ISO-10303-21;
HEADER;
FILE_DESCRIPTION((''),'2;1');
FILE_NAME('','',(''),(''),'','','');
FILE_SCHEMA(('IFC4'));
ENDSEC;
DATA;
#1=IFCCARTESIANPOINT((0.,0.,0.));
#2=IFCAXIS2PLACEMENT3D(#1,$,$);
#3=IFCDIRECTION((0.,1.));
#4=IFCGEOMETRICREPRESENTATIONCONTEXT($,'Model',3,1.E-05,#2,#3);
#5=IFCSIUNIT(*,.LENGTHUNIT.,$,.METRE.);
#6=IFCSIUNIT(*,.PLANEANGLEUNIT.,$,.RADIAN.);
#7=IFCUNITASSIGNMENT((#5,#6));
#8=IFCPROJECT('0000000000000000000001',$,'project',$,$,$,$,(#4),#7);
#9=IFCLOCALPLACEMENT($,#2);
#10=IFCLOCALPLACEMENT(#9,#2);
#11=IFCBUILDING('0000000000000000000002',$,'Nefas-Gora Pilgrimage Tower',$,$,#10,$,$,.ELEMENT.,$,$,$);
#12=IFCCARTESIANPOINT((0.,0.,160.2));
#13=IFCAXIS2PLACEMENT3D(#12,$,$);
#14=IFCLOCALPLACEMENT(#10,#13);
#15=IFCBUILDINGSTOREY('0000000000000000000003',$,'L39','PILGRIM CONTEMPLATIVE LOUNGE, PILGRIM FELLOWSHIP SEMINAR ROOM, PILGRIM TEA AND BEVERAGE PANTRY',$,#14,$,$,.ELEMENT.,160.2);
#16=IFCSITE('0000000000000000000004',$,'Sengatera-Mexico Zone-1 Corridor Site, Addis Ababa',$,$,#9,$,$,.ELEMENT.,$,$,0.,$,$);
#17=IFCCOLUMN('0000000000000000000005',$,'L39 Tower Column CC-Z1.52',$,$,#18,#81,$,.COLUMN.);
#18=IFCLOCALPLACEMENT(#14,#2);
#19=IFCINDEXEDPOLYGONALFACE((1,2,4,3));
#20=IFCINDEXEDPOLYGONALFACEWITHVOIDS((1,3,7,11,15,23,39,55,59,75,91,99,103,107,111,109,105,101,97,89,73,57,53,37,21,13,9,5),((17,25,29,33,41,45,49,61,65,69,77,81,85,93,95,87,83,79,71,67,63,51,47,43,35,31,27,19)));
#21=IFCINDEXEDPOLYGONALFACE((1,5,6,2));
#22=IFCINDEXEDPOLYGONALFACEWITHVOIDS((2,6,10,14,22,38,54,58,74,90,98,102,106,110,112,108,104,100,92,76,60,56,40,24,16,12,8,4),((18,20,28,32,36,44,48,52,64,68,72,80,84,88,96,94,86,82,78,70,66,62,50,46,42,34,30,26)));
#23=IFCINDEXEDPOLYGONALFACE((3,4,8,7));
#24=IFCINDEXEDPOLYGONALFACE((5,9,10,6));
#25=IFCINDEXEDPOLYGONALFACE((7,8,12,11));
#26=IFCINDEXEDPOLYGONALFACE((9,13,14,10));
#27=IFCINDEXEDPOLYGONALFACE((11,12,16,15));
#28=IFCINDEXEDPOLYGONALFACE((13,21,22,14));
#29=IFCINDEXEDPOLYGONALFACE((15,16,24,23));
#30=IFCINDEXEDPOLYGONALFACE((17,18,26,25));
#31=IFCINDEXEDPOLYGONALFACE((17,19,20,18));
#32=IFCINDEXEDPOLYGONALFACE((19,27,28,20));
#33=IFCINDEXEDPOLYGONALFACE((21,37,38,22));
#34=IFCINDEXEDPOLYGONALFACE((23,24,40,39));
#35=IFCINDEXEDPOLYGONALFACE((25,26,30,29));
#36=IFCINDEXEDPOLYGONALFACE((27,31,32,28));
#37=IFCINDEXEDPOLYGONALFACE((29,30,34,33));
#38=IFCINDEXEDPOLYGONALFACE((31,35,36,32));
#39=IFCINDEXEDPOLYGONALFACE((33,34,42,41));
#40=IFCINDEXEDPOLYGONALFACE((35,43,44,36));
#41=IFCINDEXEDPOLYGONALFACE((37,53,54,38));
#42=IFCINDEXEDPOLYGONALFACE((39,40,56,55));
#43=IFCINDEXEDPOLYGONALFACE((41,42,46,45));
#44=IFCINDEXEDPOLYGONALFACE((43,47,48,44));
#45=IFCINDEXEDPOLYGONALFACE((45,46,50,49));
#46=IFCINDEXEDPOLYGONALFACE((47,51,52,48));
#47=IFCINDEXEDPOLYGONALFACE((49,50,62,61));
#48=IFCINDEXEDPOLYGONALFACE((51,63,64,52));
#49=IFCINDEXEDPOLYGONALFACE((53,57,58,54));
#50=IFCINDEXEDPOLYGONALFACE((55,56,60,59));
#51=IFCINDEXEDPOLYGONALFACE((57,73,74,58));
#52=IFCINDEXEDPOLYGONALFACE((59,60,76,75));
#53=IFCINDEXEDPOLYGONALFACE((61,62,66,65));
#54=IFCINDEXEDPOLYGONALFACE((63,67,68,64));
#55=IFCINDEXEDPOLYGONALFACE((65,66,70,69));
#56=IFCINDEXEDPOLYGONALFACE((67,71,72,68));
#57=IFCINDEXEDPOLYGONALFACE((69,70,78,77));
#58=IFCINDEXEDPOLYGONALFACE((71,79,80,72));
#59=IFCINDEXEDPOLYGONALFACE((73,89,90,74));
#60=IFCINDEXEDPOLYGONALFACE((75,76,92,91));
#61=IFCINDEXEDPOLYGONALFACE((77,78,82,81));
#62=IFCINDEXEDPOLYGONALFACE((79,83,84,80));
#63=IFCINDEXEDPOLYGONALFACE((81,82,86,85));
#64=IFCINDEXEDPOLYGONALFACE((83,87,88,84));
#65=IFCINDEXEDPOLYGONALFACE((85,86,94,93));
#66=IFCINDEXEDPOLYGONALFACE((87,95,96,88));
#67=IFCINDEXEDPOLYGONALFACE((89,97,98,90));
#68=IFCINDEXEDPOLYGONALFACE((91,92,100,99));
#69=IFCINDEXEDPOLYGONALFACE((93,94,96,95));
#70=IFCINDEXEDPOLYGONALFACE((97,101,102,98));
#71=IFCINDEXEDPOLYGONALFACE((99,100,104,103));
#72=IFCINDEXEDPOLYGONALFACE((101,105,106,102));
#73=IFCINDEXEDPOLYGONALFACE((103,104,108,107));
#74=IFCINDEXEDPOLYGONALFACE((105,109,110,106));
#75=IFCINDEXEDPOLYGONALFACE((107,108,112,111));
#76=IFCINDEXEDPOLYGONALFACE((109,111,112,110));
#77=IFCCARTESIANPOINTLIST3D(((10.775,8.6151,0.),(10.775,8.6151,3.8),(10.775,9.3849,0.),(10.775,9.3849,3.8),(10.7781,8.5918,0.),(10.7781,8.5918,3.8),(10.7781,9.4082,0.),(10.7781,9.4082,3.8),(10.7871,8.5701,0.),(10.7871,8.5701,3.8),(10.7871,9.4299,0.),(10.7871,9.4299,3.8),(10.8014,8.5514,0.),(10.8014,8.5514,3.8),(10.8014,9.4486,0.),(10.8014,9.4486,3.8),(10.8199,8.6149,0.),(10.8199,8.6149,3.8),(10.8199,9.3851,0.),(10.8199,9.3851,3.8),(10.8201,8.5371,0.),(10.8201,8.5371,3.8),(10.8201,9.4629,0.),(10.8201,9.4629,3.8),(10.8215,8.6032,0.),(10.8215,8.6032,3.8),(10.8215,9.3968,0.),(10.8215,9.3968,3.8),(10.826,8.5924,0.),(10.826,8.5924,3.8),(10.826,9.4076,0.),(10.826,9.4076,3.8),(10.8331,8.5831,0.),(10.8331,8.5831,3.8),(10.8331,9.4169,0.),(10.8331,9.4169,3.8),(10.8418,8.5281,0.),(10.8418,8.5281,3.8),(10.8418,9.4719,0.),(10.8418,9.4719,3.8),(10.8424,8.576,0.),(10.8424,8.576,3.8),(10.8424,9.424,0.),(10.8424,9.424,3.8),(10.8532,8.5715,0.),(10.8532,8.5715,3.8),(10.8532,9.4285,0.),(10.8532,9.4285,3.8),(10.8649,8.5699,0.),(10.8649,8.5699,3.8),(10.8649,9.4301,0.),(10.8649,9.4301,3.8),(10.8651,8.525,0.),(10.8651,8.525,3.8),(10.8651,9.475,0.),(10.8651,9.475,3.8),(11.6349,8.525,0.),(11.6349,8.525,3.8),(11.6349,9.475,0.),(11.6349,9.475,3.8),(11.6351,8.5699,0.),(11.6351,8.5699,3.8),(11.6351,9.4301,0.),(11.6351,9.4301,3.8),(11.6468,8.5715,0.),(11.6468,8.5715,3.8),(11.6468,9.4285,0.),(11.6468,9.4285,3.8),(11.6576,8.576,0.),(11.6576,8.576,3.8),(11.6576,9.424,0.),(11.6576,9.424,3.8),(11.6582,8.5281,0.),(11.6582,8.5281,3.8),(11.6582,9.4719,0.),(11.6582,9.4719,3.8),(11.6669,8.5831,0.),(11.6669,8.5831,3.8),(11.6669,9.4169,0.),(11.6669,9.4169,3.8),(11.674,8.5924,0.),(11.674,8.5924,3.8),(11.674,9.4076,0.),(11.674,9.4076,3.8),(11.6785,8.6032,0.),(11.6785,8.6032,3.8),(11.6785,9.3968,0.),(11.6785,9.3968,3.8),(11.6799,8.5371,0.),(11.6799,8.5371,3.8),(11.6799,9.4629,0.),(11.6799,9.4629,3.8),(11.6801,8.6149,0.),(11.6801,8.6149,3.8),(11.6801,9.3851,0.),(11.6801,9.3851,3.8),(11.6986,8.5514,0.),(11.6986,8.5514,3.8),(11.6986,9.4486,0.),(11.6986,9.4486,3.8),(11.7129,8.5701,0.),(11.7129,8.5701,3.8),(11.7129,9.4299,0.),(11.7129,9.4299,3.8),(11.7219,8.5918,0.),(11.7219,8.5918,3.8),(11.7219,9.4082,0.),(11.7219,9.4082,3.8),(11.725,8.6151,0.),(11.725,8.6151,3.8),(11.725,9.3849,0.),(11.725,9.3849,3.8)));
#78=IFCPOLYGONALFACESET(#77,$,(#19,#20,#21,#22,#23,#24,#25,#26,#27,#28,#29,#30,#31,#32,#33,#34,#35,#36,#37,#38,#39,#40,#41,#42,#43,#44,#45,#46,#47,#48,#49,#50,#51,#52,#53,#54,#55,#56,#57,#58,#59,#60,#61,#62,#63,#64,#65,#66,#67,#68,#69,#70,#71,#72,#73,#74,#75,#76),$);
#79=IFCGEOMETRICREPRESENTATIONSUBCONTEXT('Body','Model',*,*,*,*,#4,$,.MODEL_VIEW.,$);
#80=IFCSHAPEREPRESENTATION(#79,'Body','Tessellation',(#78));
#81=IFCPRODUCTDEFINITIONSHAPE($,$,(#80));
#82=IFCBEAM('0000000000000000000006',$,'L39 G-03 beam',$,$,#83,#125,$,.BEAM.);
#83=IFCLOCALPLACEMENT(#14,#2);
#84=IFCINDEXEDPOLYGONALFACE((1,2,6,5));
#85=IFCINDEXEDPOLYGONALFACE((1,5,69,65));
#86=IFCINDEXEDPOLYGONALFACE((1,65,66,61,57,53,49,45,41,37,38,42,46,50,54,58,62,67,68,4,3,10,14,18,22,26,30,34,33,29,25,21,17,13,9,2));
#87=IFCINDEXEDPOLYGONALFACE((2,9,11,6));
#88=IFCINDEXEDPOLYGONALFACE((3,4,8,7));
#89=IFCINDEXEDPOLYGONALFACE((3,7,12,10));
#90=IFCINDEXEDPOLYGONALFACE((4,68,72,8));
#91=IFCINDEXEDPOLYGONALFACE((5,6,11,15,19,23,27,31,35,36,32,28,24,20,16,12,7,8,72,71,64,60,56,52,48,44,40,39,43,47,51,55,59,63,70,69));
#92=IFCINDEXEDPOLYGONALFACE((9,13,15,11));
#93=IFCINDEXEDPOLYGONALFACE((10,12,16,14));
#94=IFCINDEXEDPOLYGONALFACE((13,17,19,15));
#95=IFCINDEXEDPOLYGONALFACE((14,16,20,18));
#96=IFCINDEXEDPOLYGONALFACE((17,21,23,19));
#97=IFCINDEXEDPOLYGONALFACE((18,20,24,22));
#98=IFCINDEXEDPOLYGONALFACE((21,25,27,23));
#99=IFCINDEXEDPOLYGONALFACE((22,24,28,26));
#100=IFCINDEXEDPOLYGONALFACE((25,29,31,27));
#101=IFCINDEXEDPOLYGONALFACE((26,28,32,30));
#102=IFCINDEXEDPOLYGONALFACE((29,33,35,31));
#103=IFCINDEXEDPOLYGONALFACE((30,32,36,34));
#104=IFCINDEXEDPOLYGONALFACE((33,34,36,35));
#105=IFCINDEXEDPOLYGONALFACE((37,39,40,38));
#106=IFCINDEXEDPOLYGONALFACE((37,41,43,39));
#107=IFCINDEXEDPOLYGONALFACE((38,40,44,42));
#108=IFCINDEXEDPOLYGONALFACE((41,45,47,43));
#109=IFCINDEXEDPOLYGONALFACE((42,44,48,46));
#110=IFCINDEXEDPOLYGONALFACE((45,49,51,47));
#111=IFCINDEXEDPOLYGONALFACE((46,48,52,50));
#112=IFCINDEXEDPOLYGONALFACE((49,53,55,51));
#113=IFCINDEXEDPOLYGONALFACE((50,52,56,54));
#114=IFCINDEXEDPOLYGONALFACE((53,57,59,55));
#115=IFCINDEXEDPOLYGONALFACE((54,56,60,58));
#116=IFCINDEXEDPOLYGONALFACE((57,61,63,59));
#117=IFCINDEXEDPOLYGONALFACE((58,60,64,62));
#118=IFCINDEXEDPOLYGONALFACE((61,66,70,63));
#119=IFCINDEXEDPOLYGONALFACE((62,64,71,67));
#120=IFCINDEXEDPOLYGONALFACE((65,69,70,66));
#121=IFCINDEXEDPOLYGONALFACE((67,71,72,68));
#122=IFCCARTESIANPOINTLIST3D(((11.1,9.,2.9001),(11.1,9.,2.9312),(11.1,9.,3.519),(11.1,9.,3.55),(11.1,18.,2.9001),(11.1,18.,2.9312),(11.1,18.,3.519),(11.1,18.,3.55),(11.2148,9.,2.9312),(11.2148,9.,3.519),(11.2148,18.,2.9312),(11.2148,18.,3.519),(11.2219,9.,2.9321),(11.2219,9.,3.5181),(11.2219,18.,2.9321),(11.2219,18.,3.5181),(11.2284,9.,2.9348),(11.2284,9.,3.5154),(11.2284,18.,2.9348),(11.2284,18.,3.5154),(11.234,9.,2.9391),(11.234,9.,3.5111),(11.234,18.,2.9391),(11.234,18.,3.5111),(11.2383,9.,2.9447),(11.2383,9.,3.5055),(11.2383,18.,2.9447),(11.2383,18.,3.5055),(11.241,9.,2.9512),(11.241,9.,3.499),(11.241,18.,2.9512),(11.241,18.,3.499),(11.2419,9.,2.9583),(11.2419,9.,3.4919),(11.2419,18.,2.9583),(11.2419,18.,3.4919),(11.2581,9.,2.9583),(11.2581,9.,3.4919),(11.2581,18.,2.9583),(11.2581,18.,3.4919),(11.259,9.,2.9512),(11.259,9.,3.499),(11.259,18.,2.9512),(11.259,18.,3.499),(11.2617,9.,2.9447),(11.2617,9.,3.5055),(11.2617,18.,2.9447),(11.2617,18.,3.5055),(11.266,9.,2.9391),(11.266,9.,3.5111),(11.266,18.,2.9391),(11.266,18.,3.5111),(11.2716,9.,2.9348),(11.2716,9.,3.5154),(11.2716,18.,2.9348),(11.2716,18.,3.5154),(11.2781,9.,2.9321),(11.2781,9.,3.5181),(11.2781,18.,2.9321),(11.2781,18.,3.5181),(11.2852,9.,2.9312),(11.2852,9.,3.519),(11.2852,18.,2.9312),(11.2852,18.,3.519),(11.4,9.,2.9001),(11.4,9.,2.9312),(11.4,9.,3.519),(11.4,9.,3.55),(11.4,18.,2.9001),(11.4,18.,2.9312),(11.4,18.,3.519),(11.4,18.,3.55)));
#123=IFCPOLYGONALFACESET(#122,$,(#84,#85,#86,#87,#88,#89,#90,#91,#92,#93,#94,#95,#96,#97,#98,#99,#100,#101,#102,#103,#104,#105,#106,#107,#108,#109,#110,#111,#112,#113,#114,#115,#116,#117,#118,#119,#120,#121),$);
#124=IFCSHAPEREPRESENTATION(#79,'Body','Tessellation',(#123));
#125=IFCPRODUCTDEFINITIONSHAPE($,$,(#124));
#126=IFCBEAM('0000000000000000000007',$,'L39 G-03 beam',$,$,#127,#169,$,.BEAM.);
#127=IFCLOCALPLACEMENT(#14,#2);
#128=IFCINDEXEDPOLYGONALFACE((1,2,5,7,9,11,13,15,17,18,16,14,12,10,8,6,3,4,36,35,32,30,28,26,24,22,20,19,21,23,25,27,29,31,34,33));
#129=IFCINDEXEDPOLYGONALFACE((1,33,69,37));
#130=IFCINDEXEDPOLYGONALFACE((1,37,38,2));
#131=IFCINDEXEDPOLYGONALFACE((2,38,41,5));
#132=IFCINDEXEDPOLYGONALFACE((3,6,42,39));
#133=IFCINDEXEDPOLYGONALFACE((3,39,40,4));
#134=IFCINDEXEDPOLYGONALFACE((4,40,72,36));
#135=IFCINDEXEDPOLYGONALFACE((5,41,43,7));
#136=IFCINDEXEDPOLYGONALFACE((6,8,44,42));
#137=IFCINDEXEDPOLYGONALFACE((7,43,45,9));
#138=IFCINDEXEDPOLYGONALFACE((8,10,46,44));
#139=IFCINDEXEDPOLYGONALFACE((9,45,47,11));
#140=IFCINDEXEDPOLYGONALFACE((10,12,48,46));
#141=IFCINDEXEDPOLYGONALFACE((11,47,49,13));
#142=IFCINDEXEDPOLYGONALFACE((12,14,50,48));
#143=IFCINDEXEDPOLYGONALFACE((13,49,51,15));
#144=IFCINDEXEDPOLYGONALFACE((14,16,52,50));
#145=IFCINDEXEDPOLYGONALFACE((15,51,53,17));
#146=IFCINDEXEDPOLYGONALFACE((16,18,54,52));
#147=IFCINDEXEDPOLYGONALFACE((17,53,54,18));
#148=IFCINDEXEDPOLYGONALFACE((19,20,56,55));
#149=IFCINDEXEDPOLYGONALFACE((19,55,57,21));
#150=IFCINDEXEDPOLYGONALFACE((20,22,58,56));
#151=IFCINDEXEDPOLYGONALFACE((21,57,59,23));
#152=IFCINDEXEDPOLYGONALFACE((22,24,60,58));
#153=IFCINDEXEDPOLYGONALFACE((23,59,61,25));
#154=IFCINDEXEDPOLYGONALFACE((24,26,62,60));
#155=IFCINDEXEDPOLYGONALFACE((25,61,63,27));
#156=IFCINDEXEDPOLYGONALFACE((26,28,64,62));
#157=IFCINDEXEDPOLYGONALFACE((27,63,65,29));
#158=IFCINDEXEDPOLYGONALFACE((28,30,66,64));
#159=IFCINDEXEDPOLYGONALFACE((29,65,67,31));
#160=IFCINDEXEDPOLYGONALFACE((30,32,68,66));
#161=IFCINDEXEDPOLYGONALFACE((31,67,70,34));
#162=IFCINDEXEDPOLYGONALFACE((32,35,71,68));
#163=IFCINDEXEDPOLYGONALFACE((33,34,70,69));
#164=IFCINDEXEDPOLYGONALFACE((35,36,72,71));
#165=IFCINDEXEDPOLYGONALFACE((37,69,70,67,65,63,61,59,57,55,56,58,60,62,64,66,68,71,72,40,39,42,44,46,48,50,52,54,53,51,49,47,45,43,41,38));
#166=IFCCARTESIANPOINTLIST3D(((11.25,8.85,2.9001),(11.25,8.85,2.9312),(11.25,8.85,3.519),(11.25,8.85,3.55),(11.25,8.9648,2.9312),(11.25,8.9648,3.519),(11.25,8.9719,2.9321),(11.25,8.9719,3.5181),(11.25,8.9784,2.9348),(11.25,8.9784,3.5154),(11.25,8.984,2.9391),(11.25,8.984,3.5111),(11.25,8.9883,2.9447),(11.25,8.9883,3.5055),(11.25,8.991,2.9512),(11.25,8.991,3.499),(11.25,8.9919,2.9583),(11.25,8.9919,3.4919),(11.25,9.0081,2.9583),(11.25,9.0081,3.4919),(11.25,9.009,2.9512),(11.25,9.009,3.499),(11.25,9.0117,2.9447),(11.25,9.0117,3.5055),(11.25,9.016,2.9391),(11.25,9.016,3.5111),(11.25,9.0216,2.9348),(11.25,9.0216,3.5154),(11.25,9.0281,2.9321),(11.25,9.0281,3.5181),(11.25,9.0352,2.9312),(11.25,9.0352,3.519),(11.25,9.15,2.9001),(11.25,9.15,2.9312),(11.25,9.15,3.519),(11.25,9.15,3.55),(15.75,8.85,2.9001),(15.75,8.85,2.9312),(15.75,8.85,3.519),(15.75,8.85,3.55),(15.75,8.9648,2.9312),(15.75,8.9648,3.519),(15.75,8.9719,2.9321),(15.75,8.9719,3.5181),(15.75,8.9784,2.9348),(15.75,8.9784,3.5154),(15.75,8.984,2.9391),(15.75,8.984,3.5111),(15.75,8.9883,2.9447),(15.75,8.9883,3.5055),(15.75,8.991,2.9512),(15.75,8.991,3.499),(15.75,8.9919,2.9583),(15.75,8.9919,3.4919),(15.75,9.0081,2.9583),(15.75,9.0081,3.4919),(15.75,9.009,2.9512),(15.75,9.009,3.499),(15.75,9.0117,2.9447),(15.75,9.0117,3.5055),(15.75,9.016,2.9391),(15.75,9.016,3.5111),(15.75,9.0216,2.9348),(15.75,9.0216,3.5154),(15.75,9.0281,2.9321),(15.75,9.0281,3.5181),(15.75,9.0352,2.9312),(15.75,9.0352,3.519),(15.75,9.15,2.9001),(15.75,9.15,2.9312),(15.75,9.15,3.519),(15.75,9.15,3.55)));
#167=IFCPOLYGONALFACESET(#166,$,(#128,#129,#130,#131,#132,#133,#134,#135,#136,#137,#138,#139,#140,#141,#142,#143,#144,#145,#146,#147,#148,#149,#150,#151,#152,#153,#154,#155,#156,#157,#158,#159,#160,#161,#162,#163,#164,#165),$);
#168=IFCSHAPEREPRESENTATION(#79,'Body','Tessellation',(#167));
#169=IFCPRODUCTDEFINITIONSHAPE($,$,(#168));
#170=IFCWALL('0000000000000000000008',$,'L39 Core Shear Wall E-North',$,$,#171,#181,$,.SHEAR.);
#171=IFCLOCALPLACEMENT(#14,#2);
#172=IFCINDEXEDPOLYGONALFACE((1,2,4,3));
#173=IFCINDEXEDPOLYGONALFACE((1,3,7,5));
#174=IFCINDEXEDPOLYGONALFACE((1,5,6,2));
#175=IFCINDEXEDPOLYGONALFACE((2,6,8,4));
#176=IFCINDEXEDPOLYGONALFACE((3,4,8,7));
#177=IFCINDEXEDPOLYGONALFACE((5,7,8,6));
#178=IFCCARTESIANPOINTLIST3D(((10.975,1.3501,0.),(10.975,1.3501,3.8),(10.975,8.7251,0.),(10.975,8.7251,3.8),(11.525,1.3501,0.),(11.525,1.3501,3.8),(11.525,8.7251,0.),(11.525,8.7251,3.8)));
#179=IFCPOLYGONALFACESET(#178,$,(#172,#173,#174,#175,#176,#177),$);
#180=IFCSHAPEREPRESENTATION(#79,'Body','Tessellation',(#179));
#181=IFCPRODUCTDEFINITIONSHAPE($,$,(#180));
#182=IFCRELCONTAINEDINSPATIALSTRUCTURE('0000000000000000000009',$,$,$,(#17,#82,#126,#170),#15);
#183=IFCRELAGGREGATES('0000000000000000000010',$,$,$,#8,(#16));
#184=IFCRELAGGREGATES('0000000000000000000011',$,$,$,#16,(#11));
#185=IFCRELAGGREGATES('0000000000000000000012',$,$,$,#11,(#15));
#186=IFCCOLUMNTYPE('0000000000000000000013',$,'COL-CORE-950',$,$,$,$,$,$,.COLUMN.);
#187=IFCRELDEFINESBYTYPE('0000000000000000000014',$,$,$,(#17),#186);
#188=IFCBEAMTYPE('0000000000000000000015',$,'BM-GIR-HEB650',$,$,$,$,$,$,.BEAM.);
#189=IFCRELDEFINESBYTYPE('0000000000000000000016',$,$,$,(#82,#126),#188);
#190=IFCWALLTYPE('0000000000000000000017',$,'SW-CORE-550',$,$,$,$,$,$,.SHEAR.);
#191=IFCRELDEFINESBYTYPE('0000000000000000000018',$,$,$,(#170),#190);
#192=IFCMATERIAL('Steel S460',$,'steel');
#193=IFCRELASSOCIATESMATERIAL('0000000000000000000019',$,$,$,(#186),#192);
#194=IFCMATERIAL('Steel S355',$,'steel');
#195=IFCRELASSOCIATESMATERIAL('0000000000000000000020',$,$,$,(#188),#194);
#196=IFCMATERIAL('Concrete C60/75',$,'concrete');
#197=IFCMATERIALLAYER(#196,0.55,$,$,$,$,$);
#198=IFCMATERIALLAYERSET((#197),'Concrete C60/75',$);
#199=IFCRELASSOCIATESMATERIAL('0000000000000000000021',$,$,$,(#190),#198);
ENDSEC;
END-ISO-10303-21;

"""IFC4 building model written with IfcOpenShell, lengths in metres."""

from ifc_helpers import new_model, si_unit, direction, frame, frame_2d, origin, origin_2d, place, context, subcontext, project, spatial, rectangle, hollow_rectangle, i_section, extrude, source, transform, mapped, material, layer, layer_set, material_profile, profile_set, type_object, element, save


model = new_model("IFC4")

# Units and contexts
model_context = context("Model", 3, precision=1e-05, world=origin(), true_north=direction((0.0, 1.0)))
body_context = subcontext(model_context, "Body", "Model", "MODEL_VIEW")
ifc_project = project(units=[si_unit("LENGTHUNIT", "METRE"), si_unit("PLANEANGLEUNIT", "RADIAN")], contexts=[model_context])

# Site, building, storey
site_placement = place(None, origin())
site = spatial("IfcSite", under=ifc_project, at=site_placement, Name="Sengatera-Mexico Zone-1 Corridor Site, Addis Ababa", CompositionType="ELEMENT", RefElevation=0.0)
building_placement = place(site_placement, origin())
building = spatial("IfcBuilding", under=site, at=building_placement, Name="Nefas-Gora Pilgrimage Tower", CompositionType="ELEMENT")
storey_placement = place(building_placement, frame((0.0, 0.0, 160.2)))
storey = spatial("IfcBuildingStorey", under=building, at=storey_placement, Name="L39", Description="PILGRIM CONTEMPLATIVE LOUNGE, PILGRIM FELLOWSHIP SEMINAR ROOM, PILGRIM TEA AND BEVERAGE PANTRY", CompositionType="ELEMENT", Elevation=160.2)

# Column
ifc_material_1 = material(Name="Steel S460", Category="steel")
ifc_material_profile_1 = material_profile(ifc_material_1, hollow_rectangle(XDim=0.95, YDim=0.95, WallThickness=0.0449, InnerFilletRadius=0.0449, OuterFilletRadius=0.0901, at=origin_2d()), Name="BOX 950x950x45")
ifc_profile_set_1 = profile_set([ifc_material_profile_1], Name="Steel S460")
column_type = type_object("IfcColumnType", Name="COL-CORE-950", PredefinedType="COLUMN", material=ifc_profile_set_1)
shared_shape_1 = source(origin(), body_context, "Body", "SweptSolid", [
    extrude(hollow_rectangle(XDim=0.95, YDim=0.95, WallThickness=0.0449, InnerFilletRadius=0.0449, OuterFilletRadius=0.0901, at=origin_2d()), origin(), (0.0, 0.0, 1.0), 3.8),
])
column_placement = place(storey_placement, frame((11.25, 9.0, 0.0), z_axis=(0.0, 0.0, 1.0), x_axis=(1.0, 0.0, 0.0)))
element("IfcColumn", 1, at=column_placement, inside=storey, type_object=column_type, Name="L39 Tower Column CC-Z1.52", PredefinedType="COLUMN", context=body_context, shape_type="MappedRepresentation", body=[
    mapped(shared_shape_1, transform((0.0, 0.0, 0.0), x_axis=(1.0, 0.0, 0.0), y_axis=(0.0, 1.0, 0.0), z_axis=(0.0, 0.0, 1.0), scale=1.0)),
])

# Beams
ifc_material_2 = material(Name="Steel S355", Category="steel")
ifc_material_profile_2 = material_profile(ifc_material_2, i_section(OverallWidth=0.3, OverallDepth=0.6499, WebThickness=0.0161, FlangeThickness=0.031, FilletRadius=0.0271, at=origin_2d()), Name="HEB 650")
ifc_profile_set_2 = profile_set([ifc_material_profile_2], Name="Steel S355")
beam_type = type_object("IfcBeamType", Name="BM-GIR-HEB650", PredefinedType="BEAM", material=ifc_profile_set_2)
shared_shape_2 = source(origin(), body_context, "Body", "SweptSolid", [
    extrude(i_section(OverallWidth=0.3, OverallDepth=0.6499, WebThickness=0.0161, FlangeThickness=0.031, FilletRadius=0.0271, at=origin_2d()), origin(), (0.0, 0.0, 1.0), 9.0),
])
beam_1_placement = place(storey_placement, frame((11.25, 9.0, 3.2251), z_axis=(0.0, 1.0, 0.0), x_axis=(-1.0, 0.0, 0.0)))
element("IfcBeam", 2, at=beam_1_placement, inside=storey, type_object=beam_type, Name="L39 G-03 beam", PredefinedType="BEAM", context=body_context, shape_type="MappedRepresentation", body=[
    mapped(shared_shape_2, transform((0.0, 0.0, 0.0), x_axis=(1.0, 0.0, 0.0), y_axis=(0.0, 1.0, 0.0), z_axis=(0.0, 0.0, 1.0), scale=1.0)),
])
shared_shape_3 = source(origin(), body_context, "Body", "SweptSolid", [
    extrude(i_section(OverallWidth=0.3, OverallDepth=0.6499, WebThickness=0.0161, FlangeThickness=0.031, FilletRadius=0.0271, at=origin_2d()), origin(), (0.0, 0.0, 1.0), 4.5),
])
beam_2_placement = place(storey_placement, frame((11.25, 9.0, 3.2251), z_axis=(1.0, 0.0, 0.0), x_axis=(0.0, 1.0, 0.0)))
element("IfcBeam", 3, at=beam_2_placement, inside=storey, type_object=beam_type, Name="L39 G-03 beam", PredefinedType="BEAM", context=body_context, shape_type="MappedRepresentation", body=[
    mapped(shared_shape_3, transform((0.0, 0.0, 0.0), x_axis=(1.0, 0.0, 0.0), y_axis=(0.0, 1.0, 0.0), z_axis=(0.0, 0.0, 1.0), scale=1.0)),
])

# Wall
ifc_material_3 = material(Name="Concrete C60/75", Category="concrete")
ifc_layer_1 = layer(ifc_material_3, 0.55)
ifc_layer_set_1 = layer_set([ifc_layer_1], Name="Concrete C60/75")
wall_type_1 = type_object("IfcWallType", Name="SW-CORE-550", PredefinedType="SHEAR", material=ifc_layer_set_1)
shared_shape_4 = source(origin(), body_context, "Body", "SweptSolid", [
    extrude(rectangle(XDim=7.375, YDim=0.55, at=frame_2d((3.6875, 0.0))), origin(), (0.0, 0.0, 1.0), 3.8),
])
wall_1_placement = place(storey_placement, frame((11.25, 1.3501, 0.0), z_axis=(0.0, 0.0, 1.0), x_axis=(0.0, 1.0, 0.0)))
element("IfcWall", 4, at=wall_1_placement, inside=storey, type_object=wall_type_1, Name="L39 Core Shear Wall E-North", PredefinedType="SHEAR", context=body_context, shape_type="MappedRepresentation", body=[
    mapped(shared_shape_4, transform((0.0, 0.0, 0.0), x_axis=(1.0, 0.0, 0.0), y_axis=(0.0, 1.0, 0.0), z_axis=(0.0, 0.0, 1.0), scale=1.0)),
])

save(model, "model.ifc")
